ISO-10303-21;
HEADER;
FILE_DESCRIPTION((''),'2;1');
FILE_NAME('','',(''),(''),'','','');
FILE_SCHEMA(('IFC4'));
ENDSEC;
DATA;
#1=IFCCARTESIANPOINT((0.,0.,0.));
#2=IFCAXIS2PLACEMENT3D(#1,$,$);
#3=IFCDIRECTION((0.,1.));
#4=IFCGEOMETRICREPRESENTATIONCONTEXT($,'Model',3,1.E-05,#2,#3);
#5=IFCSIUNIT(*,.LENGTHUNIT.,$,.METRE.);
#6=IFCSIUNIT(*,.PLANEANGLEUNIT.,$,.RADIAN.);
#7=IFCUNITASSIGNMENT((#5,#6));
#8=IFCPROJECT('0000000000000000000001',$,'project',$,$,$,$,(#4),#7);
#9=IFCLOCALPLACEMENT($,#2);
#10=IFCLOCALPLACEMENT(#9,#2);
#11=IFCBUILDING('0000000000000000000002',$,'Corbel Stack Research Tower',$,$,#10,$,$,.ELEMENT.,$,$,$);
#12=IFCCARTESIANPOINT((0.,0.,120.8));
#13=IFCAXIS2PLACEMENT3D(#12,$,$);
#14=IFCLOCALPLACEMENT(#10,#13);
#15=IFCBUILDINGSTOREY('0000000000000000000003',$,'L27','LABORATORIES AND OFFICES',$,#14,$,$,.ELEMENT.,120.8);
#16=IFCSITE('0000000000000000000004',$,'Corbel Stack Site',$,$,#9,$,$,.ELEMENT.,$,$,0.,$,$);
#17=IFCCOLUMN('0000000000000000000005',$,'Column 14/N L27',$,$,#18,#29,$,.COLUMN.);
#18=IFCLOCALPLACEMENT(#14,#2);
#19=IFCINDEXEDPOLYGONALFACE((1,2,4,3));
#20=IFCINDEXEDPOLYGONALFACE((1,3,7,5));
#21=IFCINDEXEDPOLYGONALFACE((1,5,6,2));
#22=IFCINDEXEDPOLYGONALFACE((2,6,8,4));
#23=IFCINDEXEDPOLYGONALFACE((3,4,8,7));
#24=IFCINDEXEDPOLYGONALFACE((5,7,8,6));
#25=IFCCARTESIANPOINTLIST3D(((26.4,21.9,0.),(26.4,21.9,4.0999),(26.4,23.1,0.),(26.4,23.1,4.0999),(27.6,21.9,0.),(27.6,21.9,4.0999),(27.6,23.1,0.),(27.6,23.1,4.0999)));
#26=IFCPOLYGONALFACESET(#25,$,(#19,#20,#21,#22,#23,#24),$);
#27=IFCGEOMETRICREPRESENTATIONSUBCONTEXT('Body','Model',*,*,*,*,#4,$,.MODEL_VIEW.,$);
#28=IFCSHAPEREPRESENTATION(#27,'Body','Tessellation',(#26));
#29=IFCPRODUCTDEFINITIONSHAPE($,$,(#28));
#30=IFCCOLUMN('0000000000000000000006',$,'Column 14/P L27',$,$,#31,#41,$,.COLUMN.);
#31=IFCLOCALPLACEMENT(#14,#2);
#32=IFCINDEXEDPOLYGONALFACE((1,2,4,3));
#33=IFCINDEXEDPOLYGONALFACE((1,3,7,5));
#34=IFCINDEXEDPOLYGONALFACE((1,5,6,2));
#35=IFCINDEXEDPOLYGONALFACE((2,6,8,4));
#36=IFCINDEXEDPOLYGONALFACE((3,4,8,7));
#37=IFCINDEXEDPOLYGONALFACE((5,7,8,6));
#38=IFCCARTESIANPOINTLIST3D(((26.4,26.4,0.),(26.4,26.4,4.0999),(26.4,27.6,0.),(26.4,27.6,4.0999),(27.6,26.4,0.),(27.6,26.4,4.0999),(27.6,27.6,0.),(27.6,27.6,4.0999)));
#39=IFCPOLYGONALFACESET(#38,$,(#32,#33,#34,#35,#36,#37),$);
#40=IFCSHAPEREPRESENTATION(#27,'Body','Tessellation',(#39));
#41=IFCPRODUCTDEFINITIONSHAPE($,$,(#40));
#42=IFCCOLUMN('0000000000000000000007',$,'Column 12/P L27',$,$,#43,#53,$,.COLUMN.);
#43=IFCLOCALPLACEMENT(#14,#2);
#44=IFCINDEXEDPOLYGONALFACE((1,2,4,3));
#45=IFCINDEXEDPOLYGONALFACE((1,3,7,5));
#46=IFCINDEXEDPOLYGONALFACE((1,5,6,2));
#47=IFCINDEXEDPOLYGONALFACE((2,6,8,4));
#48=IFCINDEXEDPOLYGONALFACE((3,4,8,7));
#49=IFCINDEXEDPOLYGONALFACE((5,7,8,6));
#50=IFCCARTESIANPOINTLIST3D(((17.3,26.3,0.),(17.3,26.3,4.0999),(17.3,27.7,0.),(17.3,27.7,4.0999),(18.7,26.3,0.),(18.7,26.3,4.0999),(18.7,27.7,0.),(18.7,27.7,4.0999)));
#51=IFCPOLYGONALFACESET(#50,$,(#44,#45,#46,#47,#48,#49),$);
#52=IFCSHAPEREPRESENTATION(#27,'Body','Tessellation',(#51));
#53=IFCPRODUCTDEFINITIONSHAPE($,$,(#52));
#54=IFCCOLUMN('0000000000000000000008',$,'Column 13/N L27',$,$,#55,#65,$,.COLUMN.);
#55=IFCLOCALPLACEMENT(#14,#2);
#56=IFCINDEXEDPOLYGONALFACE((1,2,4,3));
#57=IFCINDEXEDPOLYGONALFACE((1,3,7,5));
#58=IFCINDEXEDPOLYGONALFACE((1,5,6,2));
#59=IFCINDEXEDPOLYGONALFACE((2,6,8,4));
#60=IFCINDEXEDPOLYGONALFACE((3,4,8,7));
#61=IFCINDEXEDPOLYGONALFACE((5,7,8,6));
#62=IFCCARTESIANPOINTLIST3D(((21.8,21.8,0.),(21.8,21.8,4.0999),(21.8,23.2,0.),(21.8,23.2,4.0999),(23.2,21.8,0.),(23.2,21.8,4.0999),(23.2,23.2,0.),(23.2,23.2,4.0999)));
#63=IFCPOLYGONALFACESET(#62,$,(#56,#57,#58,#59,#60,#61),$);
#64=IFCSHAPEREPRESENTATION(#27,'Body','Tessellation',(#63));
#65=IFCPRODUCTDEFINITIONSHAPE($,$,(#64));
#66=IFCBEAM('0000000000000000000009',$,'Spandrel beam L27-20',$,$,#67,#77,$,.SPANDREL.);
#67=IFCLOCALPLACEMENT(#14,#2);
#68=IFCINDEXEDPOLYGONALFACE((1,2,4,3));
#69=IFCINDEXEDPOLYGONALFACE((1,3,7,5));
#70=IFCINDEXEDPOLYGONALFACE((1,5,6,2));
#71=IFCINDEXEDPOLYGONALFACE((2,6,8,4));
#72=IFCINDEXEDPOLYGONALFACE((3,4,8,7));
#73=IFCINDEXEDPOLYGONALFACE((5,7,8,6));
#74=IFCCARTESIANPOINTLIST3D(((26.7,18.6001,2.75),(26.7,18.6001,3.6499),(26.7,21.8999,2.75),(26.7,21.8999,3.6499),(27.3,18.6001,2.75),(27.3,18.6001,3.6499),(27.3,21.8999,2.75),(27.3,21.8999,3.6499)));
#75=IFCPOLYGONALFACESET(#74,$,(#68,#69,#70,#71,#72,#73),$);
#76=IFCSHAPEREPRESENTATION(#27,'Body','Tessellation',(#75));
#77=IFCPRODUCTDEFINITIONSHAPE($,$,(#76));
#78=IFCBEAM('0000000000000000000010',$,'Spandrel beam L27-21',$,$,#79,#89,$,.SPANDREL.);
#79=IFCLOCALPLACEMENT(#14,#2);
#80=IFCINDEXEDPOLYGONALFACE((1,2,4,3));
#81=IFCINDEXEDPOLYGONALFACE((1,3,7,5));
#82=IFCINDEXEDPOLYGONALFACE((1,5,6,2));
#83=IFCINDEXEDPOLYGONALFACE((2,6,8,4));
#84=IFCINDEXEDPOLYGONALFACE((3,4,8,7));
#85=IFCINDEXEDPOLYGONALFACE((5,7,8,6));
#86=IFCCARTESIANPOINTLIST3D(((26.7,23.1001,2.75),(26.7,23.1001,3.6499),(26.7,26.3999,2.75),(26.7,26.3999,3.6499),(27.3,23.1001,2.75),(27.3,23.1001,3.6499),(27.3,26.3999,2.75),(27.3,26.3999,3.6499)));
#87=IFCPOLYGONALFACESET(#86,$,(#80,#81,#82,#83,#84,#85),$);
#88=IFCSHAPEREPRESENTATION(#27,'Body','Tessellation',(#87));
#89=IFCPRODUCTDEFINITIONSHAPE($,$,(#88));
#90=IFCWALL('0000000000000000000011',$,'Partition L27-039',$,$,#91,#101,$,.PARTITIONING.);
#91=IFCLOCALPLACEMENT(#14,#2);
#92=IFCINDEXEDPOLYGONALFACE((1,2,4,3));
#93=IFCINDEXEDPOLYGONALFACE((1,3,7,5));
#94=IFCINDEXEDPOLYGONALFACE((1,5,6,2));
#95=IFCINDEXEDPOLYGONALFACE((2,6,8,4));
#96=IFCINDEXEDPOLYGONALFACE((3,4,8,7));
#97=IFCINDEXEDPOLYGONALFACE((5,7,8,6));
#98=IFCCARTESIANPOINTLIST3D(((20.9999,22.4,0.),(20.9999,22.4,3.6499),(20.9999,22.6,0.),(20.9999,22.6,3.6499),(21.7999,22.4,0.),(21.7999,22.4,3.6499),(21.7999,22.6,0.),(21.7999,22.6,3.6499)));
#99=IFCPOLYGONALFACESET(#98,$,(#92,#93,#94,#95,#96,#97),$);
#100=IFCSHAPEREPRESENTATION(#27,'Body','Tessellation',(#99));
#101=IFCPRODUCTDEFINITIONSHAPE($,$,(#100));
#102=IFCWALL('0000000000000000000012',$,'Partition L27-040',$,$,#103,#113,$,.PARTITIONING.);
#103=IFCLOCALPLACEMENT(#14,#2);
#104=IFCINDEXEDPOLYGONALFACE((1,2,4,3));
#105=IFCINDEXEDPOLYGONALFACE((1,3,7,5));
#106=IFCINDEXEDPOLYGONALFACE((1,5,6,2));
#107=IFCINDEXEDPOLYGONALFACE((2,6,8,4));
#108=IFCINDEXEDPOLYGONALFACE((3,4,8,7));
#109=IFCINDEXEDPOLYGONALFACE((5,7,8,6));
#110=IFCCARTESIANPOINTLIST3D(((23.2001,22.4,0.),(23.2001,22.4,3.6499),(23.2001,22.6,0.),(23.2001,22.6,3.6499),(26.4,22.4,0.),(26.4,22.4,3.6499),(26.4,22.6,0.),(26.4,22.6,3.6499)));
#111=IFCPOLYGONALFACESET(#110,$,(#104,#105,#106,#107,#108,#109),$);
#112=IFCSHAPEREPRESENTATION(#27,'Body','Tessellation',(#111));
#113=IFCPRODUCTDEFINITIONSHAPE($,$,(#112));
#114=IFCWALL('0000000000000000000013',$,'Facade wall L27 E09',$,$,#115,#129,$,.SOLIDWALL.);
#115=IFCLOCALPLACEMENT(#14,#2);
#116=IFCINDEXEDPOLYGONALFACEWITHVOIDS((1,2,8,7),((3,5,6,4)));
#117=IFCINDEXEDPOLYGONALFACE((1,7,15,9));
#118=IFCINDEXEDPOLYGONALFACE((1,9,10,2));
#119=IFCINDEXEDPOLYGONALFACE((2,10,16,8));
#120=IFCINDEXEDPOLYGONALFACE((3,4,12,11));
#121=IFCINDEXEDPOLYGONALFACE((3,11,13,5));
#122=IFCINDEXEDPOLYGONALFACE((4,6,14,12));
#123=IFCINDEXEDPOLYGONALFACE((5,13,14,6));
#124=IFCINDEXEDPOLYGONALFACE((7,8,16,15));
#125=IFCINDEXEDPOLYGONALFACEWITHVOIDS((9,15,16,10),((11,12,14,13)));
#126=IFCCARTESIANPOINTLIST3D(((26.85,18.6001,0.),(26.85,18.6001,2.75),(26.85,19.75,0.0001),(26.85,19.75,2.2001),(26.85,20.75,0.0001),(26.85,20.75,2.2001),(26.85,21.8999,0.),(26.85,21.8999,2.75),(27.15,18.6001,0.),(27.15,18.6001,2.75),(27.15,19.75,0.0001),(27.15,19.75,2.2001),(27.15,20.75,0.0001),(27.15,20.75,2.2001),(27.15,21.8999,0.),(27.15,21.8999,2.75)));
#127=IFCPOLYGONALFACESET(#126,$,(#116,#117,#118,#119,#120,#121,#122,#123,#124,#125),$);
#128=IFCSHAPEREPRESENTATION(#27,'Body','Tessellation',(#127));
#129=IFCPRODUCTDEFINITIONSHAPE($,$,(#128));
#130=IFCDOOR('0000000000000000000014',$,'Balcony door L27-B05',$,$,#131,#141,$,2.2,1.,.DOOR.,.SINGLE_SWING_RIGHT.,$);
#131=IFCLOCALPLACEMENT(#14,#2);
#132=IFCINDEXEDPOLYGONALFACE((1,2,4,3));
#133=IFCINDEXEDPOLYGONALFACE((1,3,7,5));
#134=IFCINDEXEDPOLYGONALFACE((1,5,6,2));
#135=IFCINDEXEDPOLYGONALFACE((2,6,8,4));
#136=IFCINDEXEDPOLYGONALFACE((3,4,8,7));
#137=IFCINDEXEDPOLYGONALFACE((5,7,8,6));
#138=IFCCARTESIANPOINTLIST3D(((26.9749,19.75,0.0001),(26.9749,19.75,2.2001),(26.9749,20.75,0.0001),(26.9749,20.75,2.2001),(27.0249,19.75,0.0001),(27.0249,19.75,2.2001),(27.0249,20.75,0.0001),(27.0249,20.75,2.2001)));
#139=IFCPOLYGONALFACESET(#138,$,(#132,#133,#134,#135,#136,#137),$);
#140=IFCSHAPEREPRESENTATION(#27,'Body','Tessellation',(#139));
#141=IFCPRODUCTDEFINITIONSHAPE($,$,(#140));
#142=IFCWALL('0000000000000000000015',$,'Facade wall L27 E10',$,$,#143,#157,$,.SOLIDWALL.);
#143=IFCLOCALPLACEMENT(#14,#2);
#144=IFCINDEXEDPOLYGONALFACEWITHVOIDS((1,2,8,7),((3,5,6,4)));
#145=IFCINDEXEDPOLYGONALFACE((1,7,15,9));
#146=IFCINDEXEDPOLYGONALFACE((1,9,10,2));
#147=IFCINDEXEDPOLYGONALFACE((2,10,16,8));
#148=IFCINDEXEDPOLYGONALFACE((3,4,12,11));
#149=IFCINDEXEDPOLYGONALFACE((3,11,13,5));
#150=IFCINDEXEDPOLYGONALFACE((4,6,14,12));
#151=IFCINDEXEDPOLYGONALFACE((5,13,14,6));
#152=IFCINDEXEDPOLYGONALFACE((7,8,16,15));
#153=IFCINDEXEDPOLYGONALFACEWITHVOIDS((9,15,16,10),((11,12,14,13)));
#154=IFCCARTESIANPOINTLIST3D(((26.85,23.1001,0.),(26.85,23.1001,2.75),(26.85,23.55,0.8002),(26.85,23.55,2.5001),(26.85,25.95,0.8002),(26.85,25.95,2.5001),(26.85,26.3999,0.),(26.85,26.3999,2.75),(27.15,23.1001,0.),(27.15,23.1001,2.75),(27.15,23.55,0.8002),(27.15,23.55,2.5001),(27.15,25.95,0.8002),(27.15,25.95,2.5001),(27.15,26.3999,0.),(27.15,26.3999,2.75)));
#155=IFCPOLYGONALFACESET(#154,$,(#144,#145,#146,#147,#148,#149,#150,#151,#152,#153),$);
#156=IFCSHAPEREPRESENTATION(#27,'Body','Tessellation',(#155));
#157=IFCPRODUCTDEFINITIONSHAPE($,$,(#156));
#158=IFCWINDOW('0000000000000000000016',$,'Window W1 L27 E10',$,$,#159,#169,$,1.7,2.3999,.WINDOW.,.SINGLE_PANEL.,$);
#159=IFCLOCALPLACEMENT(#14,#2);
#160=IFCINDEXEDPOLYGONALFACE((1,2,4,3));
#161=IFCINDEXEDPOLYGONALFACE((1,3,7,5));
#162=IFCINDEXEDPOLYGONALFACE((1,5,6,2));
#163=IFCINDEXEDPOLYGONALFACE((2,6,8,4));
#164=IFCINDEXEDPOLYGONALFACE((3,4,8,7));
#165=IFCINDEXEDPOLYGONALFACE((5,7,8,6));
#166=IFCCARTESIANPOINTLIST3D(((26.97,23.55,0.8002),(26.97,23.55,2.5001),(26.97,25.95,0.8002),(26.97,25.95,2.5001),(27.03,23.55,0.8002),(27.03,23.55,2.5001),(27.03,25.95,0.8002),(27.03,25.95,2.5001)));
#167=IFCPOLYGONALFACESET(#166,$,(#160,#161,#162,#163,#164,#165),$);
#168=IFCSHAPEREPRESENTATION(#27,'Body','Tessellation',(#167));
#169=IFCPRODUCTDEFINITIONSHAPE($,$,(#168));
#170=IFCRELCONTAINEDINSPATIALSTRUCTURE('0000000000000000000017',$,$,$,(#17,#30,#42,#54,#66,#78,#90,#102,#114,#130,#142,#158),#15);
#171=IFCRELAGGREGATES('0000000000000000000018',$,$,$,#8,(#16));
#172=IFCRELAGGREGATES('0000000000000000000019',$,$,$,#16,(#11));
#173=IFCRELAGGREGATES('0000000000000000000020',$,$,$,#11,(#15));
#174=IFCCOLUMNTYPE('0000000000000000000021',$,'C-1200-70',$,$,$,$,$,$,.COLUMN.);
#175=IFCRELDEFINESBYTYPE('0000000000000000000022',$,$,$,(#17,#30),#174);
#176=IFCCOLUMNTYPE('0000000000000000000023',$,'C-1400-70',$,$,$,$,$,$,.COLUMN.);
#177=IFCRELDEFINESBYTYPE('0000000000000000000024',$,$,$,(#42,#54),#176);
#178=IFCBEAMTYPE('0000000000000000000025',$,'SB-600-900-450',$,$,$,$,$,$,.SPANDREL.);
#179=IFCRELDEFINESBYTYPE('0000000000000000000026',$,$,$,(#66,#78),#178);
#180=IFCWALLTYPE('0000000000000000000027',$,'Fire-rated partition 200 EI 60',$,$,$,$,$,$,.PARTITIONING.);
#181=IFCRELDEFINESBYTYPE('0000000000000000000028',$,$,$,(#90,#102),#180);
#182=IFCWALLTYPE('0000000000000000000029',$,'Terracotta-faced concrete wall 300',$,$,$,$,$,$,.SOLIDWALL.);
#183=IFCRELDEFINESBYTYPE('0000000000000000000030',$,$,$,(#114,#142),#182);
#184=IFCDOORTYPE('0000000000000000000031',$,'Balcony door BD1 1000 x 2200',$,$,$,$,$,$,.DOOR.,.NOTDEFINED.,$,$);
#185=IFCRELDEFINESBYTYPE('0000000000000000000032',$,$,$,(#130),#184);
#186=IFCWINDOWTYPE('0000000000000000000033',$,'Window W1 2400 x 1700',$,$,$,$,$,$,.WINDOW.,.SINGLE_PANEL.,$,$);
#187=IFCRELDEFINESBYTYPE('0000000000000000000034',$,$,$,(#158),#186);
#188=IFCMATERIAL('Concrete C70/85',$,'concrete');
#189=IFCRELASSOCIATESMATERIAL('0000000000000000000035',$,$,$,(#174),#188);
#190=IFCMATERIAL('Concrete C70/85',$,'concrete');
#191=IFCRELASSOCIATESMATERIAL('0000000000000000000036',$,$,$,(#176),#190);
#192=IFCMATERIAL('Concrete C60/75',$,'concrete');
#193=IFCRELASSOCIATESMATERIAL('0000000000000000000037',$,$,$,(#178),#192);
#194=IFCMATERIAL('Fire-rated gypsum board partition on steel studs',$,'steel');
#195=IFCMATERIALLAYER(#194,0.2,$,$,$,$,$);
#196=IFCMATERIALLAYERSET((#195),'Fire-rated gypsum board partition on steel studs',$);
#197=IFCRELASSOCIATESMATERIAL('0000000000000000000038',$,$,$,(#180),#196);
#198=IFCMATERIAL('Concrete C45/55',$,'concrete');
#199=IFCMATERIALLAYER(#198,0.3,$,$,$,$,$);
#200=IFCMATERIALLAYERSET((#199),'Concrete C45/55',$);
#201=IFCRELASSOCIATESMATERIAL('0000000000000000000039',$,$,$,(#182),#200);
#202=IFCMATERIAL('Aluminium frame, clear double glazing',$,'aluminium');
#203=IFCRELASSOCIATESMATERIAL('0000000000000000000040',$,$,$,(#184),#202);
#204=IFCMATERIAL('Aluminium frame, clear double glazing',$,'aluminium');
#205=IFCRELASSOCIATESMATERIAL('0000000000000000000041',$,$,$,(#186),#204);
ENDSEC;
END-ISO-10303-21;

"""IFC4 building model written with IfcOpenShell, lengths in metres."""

from ifc_helpers import new_model, si_unit, direction, frame, frame_2d, origin, origin_2d, place, context, subcontext, project, spatial, rectangle, extrude, material, layer, layer_set, material_profile, profile_set, type_object, element, fill, save


model = new_model("IFC4")

# Units and contexts
model_context = context("Model", 3, precision=1e-05, world=origin(), true_north=direction((0.0, 1.0)))
body_context = subcontext(model_context, "Body", "Model", "MODEL_VIEW")
ifc_project = project(units=[si_unit("LENGTHUNIT", "METRE"), si_unit("PLANEANGLEUNIT", "RADIAN")], contexts=[model_context])

# Site, building, storey
site_placement = place(None, origin())
site = spatial("IfcSite", under=ifc_project, at=site_placement, Name="Corbel Stack Site", CompositionType="ELEMENT", RefElevation=0.0)
building_placement = place(site_placement, origin())
building = spatial("IfcBuilding", under=site, at=building_placement, Name="Corbel Stack Research Tower", CompositionType="ELEMENT")
storey_placement = place(building_placement, frame((0.0, 0.0, 120.8)))
storey = spatial("IfcBuildingStorey", under=building, at=storey_placement, Name="L27", Description="LABORATORIES AND OFFICES", CompositionType="ELEMENT", Elevation=120.8)

# Columns
ifc_material_1 = material(Name="Concrete C70/85", Category="concrete")
ifc_material_profile_1 = material_profile(ifc_material_1, rectangle(XDim=1.2, YDim=1.2, at=origin_2d()), Name="RC 1200 x 1200")
ifc_profile_set_1 = profile_set([ifc_material_profile_1], Name="Concrete C70/85")
column_type_1 = type_object("IfcColumnType", Name="C-1200-70", PredefinedType="COLUMN", material=ifc_profile_set_1)
for number, where, z_axis, x_axis, name in (
    (1, (27.0, 22.5, 0.0), (0.0, 0.0, 1.0), (1.0, 0.0, 0.0), "Column 14/N L27"),
    (2, (27.0, 27.0, 0.0), (0.0, 0.0, 1.0), (1.0, 0.0, 0.0), "Column 14/P L27"),
):
    element("IfcColumn", number, at=place(storey_placement, frame(where, z_axis=z_axis, x_axis=x_axis)), inside=storey, type_object=column_type_1, Name=name, PredefinedType="COLUMN", context=body_context, shape_type="SweptSolid", body=[
        extrude(rectangle(XDim=1.2, YDim=1.2, at=origin_2d()), origin(), (0.0, 0.0, 1.0), 4.0999),
    ])
ifc_material_2 = material(Name="Concrete C70/85", Category="concrete")
ifc_material_profile_2 = material_profile(ifc_material_2, rectangle(XDim=1.3999, YDim=1.3999, at=origin_2d()), Name="RC 1400 x 1400")
ifc_profile_set_2 = profile_set([ifc_material_profile_2], Name="Concrete C70/85")
column_type_2 = type_object("IfcColumnType", Name="C-1400-70", PredefinedType="COLUMN", material=ifc_profile_set_2)
for number, where, z_axis, x_axis, name in (
    (3, (18.0, 27.0, 0.0), (0.0, 0.0, 1.0), (1.0, 0.0, 0.0), "Column 12/P L27"),
    (4, (22.5, 22.5, 0.0), (0.0, 0.0, 1.0), (1.0, 0.0, 0.0), "Column 13/N L27"),
):
    element("IfcColumn", number, at=place(storey_placement, frame(where, z_axis=z_axis, x_axis=x_axis)), inside=storey, type_object=column_type_2, Name=name, PredefinedType="COLUMN", context=body_context, shape_type="SweptSolid", body=[
        extrude(rectangle(XDim=1.3999, YDim=1.3999, at=origin_2d()), origin(), (0.0, 0.0, 1.0), 4.0999),
    ])

# Beams
ifc_material_3 = material(Name="Concrete C60/75", Category="concrete")
ifc_material_profile_3 = material_profile(ifc_material_3, rectangle(XDim=0.6001, YDim=0.8999, at=origin_2d()), Name="RC 600 x 900")
ifc_profile_set_3 = profile_set([ifc_material_profile_3], Name="Concrete C60/75")
beam_type = type_object("IfcBeamType", Name="SB-600-900-450", PredefinedType="SPANDREL", material=ifc_profile_set_3)
for number, where, z_axis, x_axis, name in (
    (5, (27.0, 18.6001, 3.2), (0.0, 1.0, 0.0), (-1.0, 0.0, 0.0), "Spandrel beam L27-20"),
    (6, (27.0, 23.1001, 3.2), (0.0, 1.0, 0.0), (-1.0, 0.0, 0.0), "Spandrel beam L27-21"),
):
    element("IfcBeam", number, at=place(storey_placement, frame(where, z_axis=z_axis, x_axis=x_axis)), inside=storey, type_object=beam_type, Name=name, PredefinedType="SPANDREL", context=body_context, shape_type="SweptSolid", body=[
        extrude(rectangle(XDim=0.6001, YDim=0.8999, at=origin_2d()), origin(), (0.0, 0.0, 1.0), 3.2998),
    ])

# Walls
ifc_material_4 = material(Name="Fire-rated gypsum board partition on steel studs", Category="steel")
ifc_layer_1 = layer(ifc_material_4, 0.2)
ifc_layer_set_1 = layer_set([ifc_layer_1], Name="Fire-rated gypsum board partition on steel studs")
wall_type_1 = type_object("IfcWallType", Name="Fire-rated partition 200 EI 60", PredefinedType="PARTITIONING", material=ifc_layer_set_1)
wall_1_placement = place(storey_placement, frame((21.0, 22.5, 0.0), z_axis=(0.0, 0.0, 1.0), x_axis=(1.0, 0.0, 0.0)))
element("IfcWall", 7, at=wall_1_placement, inside=storey, type_object=wall_type_1, Name="Partition L27-039", PredefinedType="PARTITIONING", context=body_context, shape_type="SweptSolid", body=[
    extrude(rectangle(XDim=0.8, YDim=0.2, at=frame_2d((0.3999, 0.0))), origin(), (0.0, 0.0, 1.0), 3.6499),
])
wall_2_placement = place(storey_placement, frame((23.2, 22.5, 0.0), z_axis=(0.0, 0.0, 1.0), x_axis=(1.0, 0.0, 0.0)))
element("IfcWall", 8, at=wall_2_placement, inside=storey, type_object=wall_type_1, Name="Partition L27-040", PredefinedType="PARTITIONING", context=body_context, shape_type="SweptSolid", body=[
    extrude(rectangle(XDim=3.2, YDim=0.2, at=frame_2d((1.6001, 0.0))), origin(), (0.0, 0.0, 1.0), 3.6499),
])

# Wall, opening, door
ifc_material_5 = material(Name="Concrete C45/55", Category="concrete")
ifc_layer_2 = layer(ifc_material_5, 0.3)
ifc_layer_set_2 = layer_set([ifc_layer_2], Name="Concrete C45/55")
wall_type_2 = type_object("IfcWallType", Name="Terracotta-faced concrete wall 300", PredefinedType="SOLIDWALL", material=ifc_layer_set_2)
wall_3_placement = place(storey_placement, frame((27.0, 21.8999, 0.0), z_axis=(0.0, 0.0, 1.0), x_axis=(0.0, -1.0, 0.0)))
wall_3 = element("IfcWall", 9, at=wall_3_placement, inside=storey, type_object=wall_type_2, Name="Facade wall L27 E09", PredefinedType="SOLIDWALL", context=body_context, shape_type="SweptSolid", body=[
    extrude(rectangle(XDim=3.2998, YDim=0.3, at=frame_2d((1.6499, 0.0))), origin(), (0.0, 0.0, 1.0), 2.75),
])
opening_1_placement = place(wall_3_placement, frame((1.1499, 0.0, 0.0)))
opening_1 = element("IfcOpeningElement", 10, at=opening_1_placement, cuts=wall_3, PredefinedType="OPENING", context=body_context, shape_type="SweptSolid", body=[
    extrude(rectangle(XDim=1.0, YDim=2.2, at=frame_2d((0.5, 1.1001))), frame((0.0, 0.1599, 0.0), z_axis=(0.0, -1.0, 0.0), x_axis=(1.0, 0.0, 0.0)), (0.0, 0.0, 1.0), 0.3201),
])
ifc_material_6 = material(Name="Aluminium frame, clear double glazing", Category="aluminium")
door_type = type_object("IfcDoorType", Name="Balcony door BD1 1000 x 2200", OperationType="NOTDEFINED", PredefinedType="DOOR", material=ifc_material_6)
door_placement = place(opening_1_placement, origin())
door = element("IfcDoor", 11, at=door_placement, inside=storey, type_object=door_type, Name="Balcony door L27-B05", OperationType="SINGLE_SWING_RIGHT", OverallHeight=2.2, OverallWidth=1.0, PredefinedType="DOOR", context=body_context, shape_type="SweptSolid", body=[
    extrude(rectangle(XDim=1.0, YDim=2.2, at=frame_2d((0.5, 1.1001))), frame((0.0, 0.0249, 0.0), z_axis=(0.0, -1.0, 0.0), x_axis=(1.0, 0.0, 0.0)), (0.0, 0.0, 1.0), 0.05),
])
fill(opening_1, door)

# Wall, opening, window
wall_4_placement = place(storey_placement, frame((27.0, 26.3999, 0.0), z_axis=(0.0, 0.0, 1.0), x_axis=(0.0, -1.0, 0.0)))
wall_4 = element("IfcWall", 12, at=wall_4_placement, inside=storey, type_object=wall_type_2, Name="Facade wall L27 E10", PredefinedType="SOLIDWALL", context=body_context, shape_type="SweptSolid", body=[
    extrude(rectangle(XDim=3.2998, YDim=0.3, at=frame_2d((1.6499, 0.0))), origin(), (0.0, 0.0, 1.0), 2.75),
])
opening_2_placement = place(wall_4_placement, frame((0.45, 0.0, 0.8)))
opening_2 = element("IfcOpeningElement", 13, at=opening_2_placement, cuts=wall_4, PredefinedType="OPENING", context=body_context, shape_type="SweptSolid", body=[
    extrude(rectangle(XDim=2.3999, YDim=1.7, at=frame_2d((1.2, 0.8501))), frame((0.0, 0.1599, 0.0), z_axis=(0.0, -1.0, 0.0), x_axis=(1.0, 0.0, 0.0)), (0.0, 0.0, 1.0), 0.3201),
])
ifc_material_7 = material(Name="Aluminium frame, clear double glazing", Category="aluminium")
window_type = type_object("IfcWindowType", Name="Window W1 2400 x 1700", PartitioningType="SINGLE_PANEL", PredefinedType="WINDOW", material=ifc_material_7)
window_placement = place(opening_2_placement, origin())
window = element("IfcWindow", 14, at=window_placement, inside=storey, type_object=window_type, Name="Window W1 L27 E10", OverallHeight=1.7, OverallWidth=2.3999, PartitioningType="SINGLE_PANEL", PredefinedType="WINDOW", context=body_context, shape_type="SweptSolid", body=[
    extrude(rectangle(XDim=2.3999, YDim=1.7, at=frame_2d((1.2, 0.8501))), frame((0.0, 0.03, 0.0), z_axis=(0.0, -1.0, 0.0), x_axis=(1.0, 0.0, 0.0)), (0.0, 0.0, 1.0), 0.0601),
])
fill(opening_2, window)

save(model, "model.ifc")
